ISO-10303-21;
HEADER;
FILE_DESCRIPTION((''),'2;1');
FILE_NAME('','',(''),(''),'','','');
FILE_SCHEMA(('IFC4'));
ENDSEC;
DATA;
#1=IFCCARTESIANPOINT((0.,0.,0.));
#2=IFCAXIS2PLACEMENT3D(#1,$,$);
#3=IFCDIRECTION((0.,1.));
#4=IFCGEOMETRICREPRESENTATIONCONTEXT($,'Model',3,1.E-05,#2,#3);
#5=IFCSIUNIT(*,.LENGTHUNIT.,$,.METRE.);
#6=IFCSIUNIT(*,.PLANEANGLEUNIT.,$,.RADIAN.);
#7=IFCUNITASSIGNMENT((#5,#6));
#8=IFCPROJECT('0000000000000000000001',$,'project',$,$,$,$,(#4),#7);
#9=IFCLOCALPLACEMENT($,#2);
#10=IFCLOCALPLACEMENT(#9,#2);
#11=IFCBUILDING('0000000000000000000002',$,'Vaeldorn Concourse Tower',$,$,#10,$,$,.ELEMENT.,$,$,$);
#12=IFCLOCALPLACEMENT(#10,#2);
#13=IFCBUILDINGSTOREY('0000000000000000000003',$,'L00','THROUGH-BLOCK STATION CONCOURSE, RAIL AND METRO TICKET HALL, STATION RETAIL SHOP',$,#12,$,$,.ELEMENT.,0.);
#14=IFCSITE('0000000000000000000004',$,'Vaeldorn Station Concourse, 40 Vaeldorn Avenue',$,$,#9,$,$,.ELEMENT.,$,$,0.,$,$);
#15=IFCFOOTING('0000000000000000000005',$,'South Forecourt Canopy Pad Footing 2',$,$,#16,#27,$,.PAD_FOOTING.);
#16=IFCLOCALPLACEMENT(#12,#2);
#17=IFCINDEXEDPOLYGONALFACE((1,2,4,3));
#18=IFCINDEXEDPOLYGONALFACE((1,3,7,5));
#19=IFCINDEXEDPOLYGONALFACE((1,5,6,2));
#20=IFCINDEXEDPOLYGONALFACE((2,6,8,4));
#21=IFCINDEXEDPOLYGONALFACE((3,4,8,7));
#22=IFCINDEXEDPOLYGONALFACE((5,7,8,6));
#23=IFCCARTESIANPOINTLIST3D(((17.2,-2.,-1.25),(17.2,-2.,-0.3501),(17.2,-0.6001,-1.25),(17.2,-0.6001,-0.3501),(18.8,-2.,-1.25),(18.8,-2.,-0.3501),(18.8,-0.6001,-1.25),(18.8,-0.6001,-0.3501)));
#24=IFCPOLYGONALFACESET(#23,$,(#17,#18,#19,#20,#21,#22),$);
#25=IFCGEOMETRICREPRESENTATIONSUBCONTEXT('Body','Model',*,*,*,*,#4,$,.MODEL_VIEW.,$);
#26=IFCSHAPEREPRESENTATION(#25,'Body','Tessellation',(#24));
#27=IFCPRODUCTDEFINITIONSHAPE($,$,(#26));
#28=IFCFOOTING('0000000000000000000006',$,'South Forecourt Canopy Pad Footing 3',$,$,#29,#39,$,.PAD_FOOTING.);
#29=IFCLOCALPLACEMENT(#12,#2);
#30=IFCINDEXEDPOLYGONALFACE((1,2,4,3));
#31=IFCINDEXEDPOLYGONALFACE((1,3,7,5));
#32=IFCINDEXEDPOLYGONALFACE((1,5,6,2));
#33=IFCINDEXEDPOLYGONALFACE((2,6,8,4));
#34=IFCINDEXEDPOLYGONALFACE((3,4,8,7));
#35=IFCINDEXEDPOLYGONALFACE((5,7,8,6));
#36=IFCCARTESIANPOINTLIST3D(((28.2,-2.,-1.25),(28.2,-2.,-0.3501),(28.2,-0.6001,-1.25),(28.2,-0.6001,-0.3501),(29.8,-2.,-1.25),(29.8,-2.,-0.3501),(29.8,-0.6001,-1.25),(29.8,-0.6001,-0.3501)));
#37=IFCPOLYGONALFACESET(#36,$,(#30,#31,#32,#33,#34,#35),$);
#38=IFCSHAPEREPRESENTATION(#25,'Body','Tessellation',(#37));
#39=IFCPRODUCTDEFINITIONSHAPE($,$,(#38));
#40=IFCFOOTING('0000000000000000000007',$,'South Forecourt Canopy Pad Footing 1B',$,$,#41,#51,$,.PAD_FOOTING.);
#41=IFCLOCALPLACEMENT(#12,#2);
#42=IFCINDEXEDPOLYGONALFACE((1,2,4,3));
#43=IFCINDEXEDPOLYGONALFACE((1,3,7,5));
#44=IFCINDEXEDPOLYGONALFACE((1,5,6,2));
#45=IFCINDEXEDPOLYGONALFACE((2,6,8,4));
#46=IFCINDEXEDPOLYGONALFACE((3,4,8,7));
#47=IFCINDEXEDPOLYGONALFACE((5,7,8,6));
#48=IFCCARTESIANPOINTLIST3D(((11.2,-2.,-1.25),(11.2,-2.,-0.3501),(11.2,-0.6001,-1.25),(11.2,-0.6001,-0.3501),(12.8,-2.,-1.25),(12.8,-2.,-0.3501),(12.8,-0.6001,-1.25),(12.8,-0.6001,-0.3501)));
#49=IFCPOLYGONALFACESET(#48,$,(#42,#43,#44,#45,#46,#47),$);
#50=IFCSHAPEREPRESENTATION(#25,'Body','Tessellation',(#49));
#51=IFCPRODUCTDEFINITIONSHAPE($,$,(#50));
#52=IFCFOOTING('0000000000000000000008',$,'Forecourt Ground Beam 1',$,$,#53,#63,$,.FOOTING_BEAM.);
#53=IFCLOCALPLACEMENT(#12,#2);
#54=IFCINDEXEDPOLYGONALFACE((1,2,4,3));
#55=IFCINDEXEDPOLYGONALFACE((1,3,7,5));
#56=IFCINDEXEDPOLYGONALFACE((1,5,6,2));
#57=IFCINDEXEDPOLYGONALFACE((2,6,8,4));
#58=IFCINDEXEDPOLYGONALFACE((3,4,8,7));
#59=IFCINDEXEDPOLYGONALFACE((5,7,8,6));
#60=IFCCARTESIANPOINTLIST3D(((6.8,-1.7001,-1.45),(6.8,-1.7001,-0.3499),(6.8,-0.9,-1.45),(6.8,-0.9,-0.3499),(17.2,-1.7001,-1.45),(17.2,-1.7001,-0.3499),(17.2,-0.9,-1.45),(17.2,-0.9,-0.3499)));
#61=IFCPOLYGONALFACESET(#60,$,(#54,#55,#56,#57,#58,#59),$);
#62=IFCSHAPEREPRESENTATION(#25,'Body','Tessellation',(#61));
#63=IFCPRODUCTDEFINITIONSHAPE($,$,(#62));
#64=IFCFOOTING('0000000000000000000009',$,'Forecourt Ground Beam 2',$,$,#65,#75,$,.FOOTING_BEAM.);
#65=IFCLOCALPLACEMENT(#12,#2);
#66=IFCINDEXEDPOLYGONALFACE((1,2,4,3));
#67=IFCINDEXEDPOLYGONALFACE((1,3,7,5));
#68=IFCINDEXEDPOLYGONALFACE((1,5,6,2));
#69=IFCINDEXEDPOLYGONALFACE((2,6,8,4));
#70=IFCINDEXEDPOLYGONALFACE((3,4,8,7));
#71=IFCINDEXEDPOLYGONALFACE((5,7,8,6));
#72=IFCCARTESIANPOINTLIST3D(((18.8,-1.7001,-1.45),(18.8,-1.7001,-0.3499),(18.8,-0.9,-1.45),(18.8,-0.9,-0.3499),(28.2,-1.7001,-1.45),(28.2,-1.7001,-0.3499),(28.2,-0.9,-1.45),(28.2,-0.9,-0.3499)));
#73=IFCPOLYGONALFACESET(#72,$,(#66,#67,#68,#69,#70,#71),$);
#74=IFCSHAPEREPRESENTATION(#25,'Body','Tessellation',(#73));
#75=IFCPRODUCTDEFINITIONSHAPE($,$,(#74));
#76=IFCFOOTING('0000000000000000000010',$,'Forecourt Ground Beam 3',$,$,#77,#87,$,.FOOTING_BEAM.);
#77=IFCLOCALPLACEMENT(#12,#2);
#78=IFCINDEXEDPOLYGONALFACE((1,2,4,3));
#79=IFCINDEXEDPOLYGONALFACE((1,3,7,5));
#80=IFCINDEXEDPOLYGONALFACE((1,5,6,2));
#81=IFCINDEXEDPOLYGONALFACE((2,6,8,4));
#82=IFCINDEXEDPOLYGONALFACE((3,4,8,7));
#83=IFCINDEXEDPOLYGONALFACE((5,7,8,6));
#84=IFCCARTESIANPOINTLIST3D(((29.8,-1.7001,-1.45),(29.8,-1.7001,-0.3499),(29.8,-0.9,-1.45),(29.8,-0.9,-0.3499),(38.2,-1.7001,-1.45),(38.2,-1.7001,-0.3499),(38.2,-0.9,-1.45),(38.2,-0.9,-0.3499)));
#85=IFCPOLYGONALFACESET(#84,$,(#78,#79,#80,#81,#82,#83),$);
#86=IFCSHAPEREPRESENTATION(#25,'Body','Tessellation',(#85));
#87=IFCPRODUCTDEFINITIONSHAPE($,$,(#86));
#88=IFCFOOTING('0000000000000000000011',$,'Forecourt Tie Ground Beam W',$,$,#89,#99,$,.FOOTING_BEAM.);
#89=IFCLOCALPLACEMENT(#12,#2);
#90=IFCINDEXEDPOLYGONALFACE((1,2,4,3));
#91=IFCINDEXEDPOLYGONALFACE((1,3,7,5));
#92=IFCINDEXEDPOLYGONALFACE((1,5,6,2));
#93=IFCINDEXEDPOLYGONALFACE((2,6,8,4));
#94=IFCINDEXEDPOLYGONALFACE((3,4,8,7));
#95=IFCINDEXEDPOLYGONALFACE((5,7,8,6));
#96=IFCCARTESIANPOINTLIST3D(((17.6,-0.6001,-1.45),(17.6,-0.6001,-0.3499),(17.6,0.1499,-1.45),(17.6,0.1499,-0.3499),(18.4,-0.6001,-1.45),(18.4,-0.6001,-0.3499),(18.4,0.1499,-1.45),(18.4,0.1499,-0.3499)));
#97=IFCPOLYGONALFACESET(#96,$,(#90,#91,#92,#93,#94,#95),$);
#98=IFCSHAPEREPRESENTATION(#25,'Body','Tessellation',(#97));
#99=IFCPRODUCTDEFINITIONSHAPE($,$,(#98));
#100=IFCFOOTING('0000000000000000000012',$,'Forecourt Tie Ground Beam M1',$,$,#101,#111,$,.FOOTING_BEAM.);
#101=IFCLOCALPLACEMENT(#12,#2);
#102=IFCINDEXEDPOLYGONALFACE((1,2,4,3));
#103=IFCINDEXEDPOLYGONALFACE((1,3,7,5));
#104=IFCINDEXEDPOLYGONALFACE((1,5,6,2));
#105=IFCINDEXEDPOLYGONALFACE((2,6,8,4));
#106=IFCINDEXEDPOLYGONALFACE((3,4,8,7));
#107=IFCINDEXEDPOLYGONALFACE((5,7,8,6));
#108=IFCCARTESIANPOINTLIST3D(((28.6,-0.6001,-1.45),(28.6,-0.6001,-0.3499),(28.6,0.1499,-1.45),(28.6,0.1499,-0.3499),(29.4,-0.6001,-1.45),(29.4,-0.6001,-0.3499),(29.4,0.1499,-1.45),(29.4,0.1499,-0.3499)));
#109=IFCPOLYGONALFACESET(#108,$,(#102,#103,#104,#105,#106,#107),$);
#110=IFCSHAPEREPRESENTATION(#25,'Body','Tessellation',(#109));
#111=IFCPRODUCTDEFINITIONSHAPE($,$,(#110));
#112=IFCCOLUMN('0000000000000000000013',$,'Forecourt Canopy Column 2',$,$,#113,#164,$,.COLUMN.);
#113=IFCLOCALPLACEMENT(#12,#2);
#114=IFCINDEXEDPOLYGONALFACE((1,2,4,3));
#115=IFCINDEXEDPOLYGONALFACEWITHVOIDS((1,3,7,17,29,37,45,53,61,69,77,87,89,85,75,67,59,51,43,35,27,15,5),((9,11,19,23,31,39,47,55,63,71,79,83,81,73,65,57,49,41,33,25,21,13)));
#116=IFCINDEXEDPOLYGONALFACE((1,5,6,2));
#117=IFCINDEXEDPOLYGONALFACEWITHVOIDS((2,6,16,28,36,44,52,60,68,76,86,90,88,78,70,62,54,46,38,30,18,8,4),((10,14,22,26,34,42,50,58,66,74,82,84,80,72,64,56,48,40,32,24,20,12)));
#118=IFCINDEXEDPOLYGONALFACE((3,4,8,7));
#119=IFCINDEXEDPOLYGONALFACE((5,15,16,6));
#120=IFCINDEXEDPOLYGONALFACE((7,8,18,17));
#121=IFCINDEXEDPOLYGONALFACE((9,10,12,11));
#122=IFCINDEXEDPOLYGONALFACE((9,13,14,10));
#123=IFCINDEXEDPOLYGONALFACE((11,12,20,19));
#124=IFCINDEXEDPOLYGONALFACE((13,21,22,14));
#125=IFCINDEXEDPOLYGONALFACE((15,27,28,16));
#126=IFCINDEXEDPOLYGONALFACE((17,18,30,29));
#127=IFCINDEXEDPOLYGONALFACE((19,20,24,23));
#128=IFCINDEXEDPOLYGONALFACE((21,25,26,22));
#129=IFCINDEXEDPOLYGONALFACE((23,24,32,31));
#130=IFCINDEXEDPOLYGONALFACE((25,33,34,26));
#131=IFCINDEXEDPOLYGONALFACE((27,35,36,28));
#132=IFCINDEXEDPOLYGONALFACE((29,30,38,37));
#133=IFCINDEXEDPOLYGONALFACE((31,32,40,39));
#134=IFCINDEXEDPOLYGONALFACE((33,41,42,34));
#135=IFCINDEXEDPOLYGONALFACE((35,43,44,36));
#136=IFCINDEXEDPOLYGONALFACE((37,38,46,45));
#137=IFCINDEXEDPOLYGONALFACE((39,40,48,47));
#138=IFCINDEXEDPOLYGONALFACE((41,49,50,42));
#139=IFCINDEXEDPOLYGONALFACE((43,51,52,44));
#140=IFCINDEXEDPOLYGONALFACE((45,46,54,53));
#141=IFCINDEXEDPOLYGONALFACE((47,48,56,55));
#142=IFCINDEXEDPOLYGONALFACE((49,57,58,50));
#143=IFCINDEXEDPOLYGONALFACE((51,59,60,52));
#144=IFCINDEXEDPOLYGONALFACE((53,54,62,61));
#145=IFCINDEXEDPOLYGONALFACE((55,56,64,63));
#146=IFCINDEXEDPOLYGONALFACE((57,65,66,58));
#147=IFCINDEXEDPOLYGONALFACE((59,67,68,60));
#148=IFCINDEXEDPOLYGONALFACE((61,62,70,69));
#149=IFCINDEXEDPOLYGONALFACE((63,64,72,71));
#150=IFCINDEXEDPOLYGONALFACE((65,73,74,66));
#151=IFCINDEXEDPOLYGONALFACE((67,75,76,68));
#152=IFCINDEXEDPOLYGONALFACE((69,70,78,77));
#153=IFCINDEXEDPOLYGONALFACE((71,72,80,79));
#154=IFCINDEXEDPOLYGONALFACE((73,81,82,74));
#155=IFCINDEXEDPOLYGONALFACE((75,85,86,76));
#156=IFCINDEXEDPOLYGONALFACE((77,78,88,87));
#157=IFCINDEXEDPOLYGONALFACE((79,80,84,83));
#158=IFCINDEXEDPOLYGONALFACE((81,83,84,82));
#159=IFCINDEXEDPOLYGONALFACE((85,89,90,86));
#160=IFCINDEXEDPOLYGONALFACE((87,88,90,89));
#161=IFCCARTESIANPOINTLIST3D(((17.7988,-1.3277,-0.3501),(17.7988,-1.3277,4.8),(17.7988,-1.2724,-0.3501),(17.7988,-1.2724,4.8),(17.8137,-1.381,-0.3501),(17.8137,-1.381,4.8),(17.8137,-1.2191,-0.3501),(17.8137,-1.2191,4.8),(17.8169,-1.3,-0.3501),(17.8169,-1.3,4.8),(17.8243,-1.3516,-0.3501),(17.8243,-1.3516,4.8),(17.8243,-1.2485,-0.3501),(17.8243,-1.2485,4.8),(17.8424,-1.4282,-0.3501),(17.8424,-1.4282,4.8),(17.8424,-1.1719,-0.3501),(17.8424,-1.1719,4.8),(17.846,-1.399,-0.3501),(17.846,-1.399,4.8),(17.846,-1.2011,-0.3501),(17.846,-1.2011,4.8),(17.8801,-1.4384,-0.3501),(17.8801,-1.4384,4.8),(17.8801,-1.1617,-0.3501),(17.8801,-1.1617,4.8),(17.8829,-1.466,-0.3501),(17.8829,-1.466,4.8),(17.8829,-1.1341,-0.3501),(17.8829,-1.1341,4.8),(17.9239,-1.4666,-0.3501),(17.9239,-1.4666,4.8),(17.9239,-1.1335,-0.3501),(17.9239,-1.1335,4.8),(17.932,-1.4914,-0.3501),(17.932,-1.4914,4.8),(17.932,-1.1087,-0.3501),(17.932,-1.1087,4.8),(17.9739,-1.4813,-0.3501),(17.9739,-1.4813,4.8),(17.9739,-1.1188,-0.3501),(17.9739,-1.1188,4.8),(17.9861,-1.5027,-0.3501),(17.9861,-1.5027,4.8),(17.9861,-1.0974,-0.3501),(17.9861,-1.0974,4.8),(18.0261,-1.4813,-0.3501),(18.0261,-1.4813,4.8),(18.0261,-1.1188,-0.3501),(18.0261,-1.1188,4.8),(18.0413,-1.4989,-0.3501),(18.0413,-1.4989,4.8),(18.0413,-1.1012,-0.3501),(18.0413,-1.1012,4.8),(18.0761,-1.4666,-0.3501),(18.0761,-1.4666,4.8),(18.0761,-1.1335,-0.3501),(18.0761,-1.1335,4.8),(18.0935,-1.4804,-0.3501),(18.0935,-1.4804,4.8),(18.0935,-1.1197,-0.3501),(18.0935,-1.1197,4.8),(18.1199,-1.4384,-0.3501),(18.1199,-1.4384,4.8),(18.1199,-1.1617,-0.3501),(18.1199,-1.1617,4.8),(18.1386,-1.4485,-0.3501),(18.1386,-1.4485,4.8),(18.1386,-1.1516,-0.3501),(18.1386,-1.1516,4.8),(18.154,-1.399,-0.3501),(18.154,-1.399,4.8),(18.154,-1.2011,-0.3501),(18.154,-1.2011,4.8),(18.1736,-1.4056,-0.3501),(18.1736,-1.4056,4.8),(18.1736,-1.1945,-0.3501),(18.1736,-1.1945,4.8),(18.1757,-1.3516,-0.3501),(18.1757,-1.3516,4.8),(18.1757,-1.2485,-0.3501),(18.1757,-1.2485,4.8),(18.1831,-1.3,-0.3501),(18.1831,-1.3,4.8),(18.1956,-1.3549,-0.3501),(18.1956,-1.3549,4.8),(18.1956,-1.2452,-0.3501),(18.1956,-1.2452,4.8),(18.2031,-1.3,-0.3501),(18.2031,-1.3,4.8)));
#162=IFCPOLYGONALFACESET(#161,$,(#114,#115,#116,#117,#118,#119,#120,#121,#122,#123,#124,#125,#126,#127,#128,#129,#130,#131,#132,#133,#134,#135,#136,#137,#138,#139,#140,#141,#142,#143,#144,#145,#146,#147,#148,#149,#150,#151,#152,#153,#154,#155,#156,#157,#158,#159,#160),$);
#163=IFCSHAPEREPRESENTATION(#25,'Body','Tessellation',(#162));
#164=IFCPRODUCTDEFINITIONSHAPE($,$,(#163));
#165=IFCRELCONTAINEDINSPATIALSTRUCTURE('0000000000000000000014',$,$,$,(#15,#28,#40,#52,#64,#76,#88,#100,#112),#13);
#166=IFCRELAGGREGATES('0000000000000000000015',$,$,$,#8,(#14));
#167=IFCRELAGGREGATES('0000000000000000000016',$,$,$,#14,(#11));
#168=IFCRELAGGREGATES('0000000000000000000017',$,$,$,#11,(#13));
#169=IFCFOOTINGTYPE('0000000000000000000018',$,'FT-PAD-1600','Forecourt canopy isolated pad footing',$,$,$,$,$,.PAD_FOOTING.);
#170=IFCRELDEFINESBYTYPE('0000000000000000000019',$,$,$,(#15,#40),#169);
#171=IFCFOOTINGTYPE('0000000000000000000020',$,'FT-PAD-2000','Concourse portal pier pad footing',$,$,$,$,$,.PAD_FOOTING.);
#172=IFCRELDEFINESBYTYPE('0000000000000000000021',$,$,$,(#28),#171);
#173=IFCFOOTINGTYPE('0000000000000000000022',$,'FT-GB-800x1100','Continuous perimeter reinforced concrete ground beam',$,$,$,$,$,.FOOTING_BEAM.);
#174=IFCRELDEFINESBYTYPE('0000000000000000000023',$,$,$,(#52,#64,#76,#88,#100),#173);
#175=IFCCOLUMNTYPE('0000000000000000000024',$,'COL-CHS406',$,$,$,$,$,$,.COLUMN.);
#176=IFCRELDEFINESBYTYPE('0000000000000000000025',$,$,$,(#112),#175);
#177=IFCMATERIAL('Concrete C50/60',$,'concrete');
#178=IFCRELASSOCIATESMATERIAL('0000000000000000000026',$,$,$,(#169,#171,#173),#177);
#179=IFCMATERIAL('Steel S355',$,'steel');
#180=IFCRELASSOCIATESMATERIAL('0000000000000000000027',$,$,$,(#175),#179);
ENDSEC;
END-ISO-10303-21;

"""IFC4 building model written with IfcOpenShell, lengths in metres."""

from ifc_helpers import new_model, si_unit, direction, frame, origin, origin_2d, place, context, subcontext, project, spatial, rectangle, hollow_circle, extrude, source, transform, mapped, material, material_profile, profile_set, type_object, element, save


model = new_model("IFC4")

# Units and contexts
model_context = context("Model", 3, precision=1e-05, world=origin(), true_north=direction((0.0, 1.0)))
body_context = subcontext(model_context, "Body", "Model", "MODEL_VIEW")
ifc_project = project(units=[si_unit("LENGTHUNIT", "METRE"), si_unit("PLANEANGLEUNIT", "RADIAN")], contexts=[model_context])

# Site, building, storey
site_placement = place(None, origin())
site = spatial("IfcSite", under=ifc_project, at=site_placement, Name="Vaeldorn Station Concourse, 40 Vaeldorn Avenue", CompositionType="ELEMENT", RefElevation=0.0)
building_placement = place(site_placement, origin())
building = spatial("IfcBuilding", under=site, at=building_placement, Name="Vaeldorn Concourse Tower", CompositionType="ELEMENT")
storey_placement = place(building_placement, origin())
storey = spatial("IfcBuildingStorey", under=building, at=storey_placement, Name="L00", Description="THROUGH-BLOCK STATION CONCOURSE, RAIL AND METRO TICKET HALL, STATION RETAIL SHOP", CompositionType="ELEMENT", Elevation=0.0)

# Footings
ifc_material_1 = material(Name="Concrete C50/60", Category="concrete")
footing_type_1 = type_object("IfcFootingType", Name="FT-PAD-1600", Description="Forecourt canopy isolated pad footing", PredefinedType="PAD_FOOTING", material=ifc_material_1)
shared_shape_1 = source(origin(), body_context, "Body", "SweptSolid", [
    extrude(rectangle(XDim=1.6001, YDim=1.3999, at=origin_2d()), origin(), (0.0, 0.0, 1.0), 0.8999),
])
footing_1_placement = place(storey_placement, frame((18.0, -1.3, -1.25), z_axis=(0.0, 0.0, 1.0), x_axis=(1.0, 0.0, 0.0)))
element("IfcFooting", 1, at=footing_1_placement, inside=storey, type_object=footing_type_1, Name="South Forecourt Canopy Pad Footing 2", PredefinedType="PAD_FOOTING", context=body_context, shape_type="MappedRepresentation", body=[
    mapped(shared_shape_1, transform((0.0, 0.0, 0.0), scale=1.0)),
])
footing_type_2 = type_object("IfcFootingType", Name="FT-PAD-2000", Description="Concourse portal pier pad footing", PredefinedType="PAD_FOOTING", material=ifc_material_1)
footing_2_placement = place(storey_placement, frame((29.0, -1.3, -1.25), z_axis=(0.0, 0.0, 1.0), x_axis=(1.0, 0.0, 0.0)))
element("IfcFooting", 2, at=footing_2_placement, inside=storey, type_object=footing_type_2, Name="South Forecourt Canopy Pad Footing 3", PredefinedType="PAD_FOOTING", context=body_context, shape_type="MappedRepresentation", body=[
    mapped(shared_shape_1, transform((0.0, 0.0, 0.0), scale=1.0)),
])
footing_3_placement = place(storey_placement, frame((12.0, -1.3, -1.25), z_axis=(0.0, 0.0, 1.0), x_axis=(1.0, 0.0, 0.0)))
element("IfcFooting", 3, at=footing_3_placement, inside=storey, type_object=footing_type_1, Name="South Forecourt Canopy Pad Footing 1B", PredefinedType="PAD_FOOTING", context=body_context, shape_type="MappedRepresentation", body=[
    mapped(shared_shape_1, transform((0.0, 0.0, 0.0), scale=1.0)),
])
ifc_material_profile_1 = material_profile(ifc_material_1, rectangle(XDim=0.8, YDim=1.1001, at=origin_2d()), Name="RC 800x1100")
ifc_profile_set_1 = profile_set([ifc_material_profile_1], Name="Concrete C50/60")
footing_type_3 = type_object("IfcFootingType", Name="FT-GB-800x1100", Description="Continuous perimeter reinforced concrete ground beam", PredefinedType="FOOTING_BEAM", material=ifc_profile_set_1)
shared_shape_2 = source(origin(), body_context, "Body", "SweptSolid", [
    extrude(rectangle(XDim=0.8, YDim=1.1001, at=origin_2d()), origin(), (0.0, 0.0, 1.0), 10.3999),
])
footing_4_placement = place(storey_placement, frame((6.8, -1.3, -0.8999), z_axis=(1.0, 0.0, 0.0), x_axis=(0.0, 1.0, 0.0)))
element("IfcFooting", 4, at=footing_4_placement, inside=storey, type_object=footing_type_3, Name="Forecourt Ground Beam 1", PredefinedType="FOOTING_BEAM", context=body_context, shape_type="MappedRepresentation", body=[
    mapped(shared_shape_2, transform((0.0, 0.0, 0.0), scale=1.0)),
])
shared_shape_3 = source(origin(), body_context, "Body", "SweptSolid", [
    extrude(rectangle(XDim=0.8, YDim=1.1001, at=origin_2d()), origin(), (0.0, 0.0, 1.0), 9.3999),
])
footing_5_placement = place(storey_placement, frame((18.8, -1.3, -0.8999), z_axis=(1.0, 0.0, 0.0), x_axis=(0.0, 1.0, 0.0)))
element("IfcFooting", 5, at=footing_5_placement, inside=storey, type_object=footing_type_3, Name="Forecourt Ground Beam 2", PredefinedType="FOOTING_BEAM", context=body_context, shape_type="MappedRepresentation", body=[
    mapped(shared_shape_3, transform((0.0, 0.0, 0.0), scale=1.0)),
])
shared_shape_4 = source(origin(), body_context, "Body", "SweptSolid", [
    extrude(rectangle(XDim=0.8, YDim=1.1001, at=origin_2d()), origin(), (0.0, 0.0, 1.0), 8.3999),
])
footing_6_placement = place(storey_placement, frame((29.8, -1.3, -0.8999), z_axis=(1.0, 0.0, 0.0), x_axis=(0.0, 1.0, 0.0)))
element("IfcFooting", 6, at=footing_6_placement, inside=storey, type_object=footing_type_3, Name="Forecourt Ground Beam 3", PredefinedType="FOOTING_BEAM", context=body_context, shape_type="MappedRepresentation", body=[
    mapped(shared_shape_4, transform((0.0, 0.0, 0.0), scale=1.0)),
])
shared_shape_5 = source(origin(), body_context, "Body", "SweptSolid", [
    extrude(rectangle(XDim=0.8, YDim=1.1001, at=origin_2d()), origin(), (0.0, 0.0, 1.0), 0.75),
])
for number, where, z_axis, x_axis, name in (
    (7, (18.0, -0.6001, -0.8999), (0.0, 1.0, 0.0), (-1.0, 0.0, 0.0), "Forecourt Tie Ground Beam W"),
    (8, (29.0, -0.6001, -0.8999), (0.0, 1.0, 0.0), (-1.0, 0.0, 0.0), "Forecourt Tie Ground Beam M1"),
):
    element("IfcFooting", number, at=place(storey_placement, frame(where, z_axis=z_axis, x_axis=x_axis)), inside=storey, type_object=footing_type_3, Name=name, PredefinedType="FOOTING_BEAM", context=body_context, shape_type="MappedRepresentation", body=[
        mapped(shared_shape_5, transform((0.0, 0.0, 0.0), scale=1.0)),
    ])

# Column
ifc_material_2 = material(Name="Steel S355", Category="steel")
ifc_material_profile_2 = material_profile(ifc_material_2, hollow_circle(Radius=0.2031, WallThickness=0.02, at=origin_2d()), Name="CHS 406.4x20")
ifc_profile_set_2 = profile_set([ifc_material_profile_2], Name="Steel S355")
column_type = type_object("IfcColumnType", Name="COL-CHS406", PredefinedType="COLUMN", material=ifc_profile_set_2)
shared_shape_6 = source(origin(), body_context, "Body", "SweptSolid", [
    extrude(hollow_circle(Radius=0.2031, WallThickness=0.02, at=origin_2d()), origin(), (0.0, 0.0, 1.0), 5.1501),
])
for number, where, z_axis, x_axis, name in (
    (9, (18.0, -1.3, -0.3501), (0.0, 0.0, 1.0), (1.0, 0.0, 0.0), "Forecourt Canopy Column 2"),
):
    element("IfcColumn", number, at=place(storey_placement, frame(where, z_axis=z_axis, x_axis=x_axis)), inside=storey, type_object=column_type, Name=name, PredefinedType="COLUMN", context=body_context, shape_type="MappedRepresentation", body=[
        mapped(shared_shape_6, transform((0.0, 0.0, 0.0), scale=1.0)),
    ])

save(model, "model.ifc")
